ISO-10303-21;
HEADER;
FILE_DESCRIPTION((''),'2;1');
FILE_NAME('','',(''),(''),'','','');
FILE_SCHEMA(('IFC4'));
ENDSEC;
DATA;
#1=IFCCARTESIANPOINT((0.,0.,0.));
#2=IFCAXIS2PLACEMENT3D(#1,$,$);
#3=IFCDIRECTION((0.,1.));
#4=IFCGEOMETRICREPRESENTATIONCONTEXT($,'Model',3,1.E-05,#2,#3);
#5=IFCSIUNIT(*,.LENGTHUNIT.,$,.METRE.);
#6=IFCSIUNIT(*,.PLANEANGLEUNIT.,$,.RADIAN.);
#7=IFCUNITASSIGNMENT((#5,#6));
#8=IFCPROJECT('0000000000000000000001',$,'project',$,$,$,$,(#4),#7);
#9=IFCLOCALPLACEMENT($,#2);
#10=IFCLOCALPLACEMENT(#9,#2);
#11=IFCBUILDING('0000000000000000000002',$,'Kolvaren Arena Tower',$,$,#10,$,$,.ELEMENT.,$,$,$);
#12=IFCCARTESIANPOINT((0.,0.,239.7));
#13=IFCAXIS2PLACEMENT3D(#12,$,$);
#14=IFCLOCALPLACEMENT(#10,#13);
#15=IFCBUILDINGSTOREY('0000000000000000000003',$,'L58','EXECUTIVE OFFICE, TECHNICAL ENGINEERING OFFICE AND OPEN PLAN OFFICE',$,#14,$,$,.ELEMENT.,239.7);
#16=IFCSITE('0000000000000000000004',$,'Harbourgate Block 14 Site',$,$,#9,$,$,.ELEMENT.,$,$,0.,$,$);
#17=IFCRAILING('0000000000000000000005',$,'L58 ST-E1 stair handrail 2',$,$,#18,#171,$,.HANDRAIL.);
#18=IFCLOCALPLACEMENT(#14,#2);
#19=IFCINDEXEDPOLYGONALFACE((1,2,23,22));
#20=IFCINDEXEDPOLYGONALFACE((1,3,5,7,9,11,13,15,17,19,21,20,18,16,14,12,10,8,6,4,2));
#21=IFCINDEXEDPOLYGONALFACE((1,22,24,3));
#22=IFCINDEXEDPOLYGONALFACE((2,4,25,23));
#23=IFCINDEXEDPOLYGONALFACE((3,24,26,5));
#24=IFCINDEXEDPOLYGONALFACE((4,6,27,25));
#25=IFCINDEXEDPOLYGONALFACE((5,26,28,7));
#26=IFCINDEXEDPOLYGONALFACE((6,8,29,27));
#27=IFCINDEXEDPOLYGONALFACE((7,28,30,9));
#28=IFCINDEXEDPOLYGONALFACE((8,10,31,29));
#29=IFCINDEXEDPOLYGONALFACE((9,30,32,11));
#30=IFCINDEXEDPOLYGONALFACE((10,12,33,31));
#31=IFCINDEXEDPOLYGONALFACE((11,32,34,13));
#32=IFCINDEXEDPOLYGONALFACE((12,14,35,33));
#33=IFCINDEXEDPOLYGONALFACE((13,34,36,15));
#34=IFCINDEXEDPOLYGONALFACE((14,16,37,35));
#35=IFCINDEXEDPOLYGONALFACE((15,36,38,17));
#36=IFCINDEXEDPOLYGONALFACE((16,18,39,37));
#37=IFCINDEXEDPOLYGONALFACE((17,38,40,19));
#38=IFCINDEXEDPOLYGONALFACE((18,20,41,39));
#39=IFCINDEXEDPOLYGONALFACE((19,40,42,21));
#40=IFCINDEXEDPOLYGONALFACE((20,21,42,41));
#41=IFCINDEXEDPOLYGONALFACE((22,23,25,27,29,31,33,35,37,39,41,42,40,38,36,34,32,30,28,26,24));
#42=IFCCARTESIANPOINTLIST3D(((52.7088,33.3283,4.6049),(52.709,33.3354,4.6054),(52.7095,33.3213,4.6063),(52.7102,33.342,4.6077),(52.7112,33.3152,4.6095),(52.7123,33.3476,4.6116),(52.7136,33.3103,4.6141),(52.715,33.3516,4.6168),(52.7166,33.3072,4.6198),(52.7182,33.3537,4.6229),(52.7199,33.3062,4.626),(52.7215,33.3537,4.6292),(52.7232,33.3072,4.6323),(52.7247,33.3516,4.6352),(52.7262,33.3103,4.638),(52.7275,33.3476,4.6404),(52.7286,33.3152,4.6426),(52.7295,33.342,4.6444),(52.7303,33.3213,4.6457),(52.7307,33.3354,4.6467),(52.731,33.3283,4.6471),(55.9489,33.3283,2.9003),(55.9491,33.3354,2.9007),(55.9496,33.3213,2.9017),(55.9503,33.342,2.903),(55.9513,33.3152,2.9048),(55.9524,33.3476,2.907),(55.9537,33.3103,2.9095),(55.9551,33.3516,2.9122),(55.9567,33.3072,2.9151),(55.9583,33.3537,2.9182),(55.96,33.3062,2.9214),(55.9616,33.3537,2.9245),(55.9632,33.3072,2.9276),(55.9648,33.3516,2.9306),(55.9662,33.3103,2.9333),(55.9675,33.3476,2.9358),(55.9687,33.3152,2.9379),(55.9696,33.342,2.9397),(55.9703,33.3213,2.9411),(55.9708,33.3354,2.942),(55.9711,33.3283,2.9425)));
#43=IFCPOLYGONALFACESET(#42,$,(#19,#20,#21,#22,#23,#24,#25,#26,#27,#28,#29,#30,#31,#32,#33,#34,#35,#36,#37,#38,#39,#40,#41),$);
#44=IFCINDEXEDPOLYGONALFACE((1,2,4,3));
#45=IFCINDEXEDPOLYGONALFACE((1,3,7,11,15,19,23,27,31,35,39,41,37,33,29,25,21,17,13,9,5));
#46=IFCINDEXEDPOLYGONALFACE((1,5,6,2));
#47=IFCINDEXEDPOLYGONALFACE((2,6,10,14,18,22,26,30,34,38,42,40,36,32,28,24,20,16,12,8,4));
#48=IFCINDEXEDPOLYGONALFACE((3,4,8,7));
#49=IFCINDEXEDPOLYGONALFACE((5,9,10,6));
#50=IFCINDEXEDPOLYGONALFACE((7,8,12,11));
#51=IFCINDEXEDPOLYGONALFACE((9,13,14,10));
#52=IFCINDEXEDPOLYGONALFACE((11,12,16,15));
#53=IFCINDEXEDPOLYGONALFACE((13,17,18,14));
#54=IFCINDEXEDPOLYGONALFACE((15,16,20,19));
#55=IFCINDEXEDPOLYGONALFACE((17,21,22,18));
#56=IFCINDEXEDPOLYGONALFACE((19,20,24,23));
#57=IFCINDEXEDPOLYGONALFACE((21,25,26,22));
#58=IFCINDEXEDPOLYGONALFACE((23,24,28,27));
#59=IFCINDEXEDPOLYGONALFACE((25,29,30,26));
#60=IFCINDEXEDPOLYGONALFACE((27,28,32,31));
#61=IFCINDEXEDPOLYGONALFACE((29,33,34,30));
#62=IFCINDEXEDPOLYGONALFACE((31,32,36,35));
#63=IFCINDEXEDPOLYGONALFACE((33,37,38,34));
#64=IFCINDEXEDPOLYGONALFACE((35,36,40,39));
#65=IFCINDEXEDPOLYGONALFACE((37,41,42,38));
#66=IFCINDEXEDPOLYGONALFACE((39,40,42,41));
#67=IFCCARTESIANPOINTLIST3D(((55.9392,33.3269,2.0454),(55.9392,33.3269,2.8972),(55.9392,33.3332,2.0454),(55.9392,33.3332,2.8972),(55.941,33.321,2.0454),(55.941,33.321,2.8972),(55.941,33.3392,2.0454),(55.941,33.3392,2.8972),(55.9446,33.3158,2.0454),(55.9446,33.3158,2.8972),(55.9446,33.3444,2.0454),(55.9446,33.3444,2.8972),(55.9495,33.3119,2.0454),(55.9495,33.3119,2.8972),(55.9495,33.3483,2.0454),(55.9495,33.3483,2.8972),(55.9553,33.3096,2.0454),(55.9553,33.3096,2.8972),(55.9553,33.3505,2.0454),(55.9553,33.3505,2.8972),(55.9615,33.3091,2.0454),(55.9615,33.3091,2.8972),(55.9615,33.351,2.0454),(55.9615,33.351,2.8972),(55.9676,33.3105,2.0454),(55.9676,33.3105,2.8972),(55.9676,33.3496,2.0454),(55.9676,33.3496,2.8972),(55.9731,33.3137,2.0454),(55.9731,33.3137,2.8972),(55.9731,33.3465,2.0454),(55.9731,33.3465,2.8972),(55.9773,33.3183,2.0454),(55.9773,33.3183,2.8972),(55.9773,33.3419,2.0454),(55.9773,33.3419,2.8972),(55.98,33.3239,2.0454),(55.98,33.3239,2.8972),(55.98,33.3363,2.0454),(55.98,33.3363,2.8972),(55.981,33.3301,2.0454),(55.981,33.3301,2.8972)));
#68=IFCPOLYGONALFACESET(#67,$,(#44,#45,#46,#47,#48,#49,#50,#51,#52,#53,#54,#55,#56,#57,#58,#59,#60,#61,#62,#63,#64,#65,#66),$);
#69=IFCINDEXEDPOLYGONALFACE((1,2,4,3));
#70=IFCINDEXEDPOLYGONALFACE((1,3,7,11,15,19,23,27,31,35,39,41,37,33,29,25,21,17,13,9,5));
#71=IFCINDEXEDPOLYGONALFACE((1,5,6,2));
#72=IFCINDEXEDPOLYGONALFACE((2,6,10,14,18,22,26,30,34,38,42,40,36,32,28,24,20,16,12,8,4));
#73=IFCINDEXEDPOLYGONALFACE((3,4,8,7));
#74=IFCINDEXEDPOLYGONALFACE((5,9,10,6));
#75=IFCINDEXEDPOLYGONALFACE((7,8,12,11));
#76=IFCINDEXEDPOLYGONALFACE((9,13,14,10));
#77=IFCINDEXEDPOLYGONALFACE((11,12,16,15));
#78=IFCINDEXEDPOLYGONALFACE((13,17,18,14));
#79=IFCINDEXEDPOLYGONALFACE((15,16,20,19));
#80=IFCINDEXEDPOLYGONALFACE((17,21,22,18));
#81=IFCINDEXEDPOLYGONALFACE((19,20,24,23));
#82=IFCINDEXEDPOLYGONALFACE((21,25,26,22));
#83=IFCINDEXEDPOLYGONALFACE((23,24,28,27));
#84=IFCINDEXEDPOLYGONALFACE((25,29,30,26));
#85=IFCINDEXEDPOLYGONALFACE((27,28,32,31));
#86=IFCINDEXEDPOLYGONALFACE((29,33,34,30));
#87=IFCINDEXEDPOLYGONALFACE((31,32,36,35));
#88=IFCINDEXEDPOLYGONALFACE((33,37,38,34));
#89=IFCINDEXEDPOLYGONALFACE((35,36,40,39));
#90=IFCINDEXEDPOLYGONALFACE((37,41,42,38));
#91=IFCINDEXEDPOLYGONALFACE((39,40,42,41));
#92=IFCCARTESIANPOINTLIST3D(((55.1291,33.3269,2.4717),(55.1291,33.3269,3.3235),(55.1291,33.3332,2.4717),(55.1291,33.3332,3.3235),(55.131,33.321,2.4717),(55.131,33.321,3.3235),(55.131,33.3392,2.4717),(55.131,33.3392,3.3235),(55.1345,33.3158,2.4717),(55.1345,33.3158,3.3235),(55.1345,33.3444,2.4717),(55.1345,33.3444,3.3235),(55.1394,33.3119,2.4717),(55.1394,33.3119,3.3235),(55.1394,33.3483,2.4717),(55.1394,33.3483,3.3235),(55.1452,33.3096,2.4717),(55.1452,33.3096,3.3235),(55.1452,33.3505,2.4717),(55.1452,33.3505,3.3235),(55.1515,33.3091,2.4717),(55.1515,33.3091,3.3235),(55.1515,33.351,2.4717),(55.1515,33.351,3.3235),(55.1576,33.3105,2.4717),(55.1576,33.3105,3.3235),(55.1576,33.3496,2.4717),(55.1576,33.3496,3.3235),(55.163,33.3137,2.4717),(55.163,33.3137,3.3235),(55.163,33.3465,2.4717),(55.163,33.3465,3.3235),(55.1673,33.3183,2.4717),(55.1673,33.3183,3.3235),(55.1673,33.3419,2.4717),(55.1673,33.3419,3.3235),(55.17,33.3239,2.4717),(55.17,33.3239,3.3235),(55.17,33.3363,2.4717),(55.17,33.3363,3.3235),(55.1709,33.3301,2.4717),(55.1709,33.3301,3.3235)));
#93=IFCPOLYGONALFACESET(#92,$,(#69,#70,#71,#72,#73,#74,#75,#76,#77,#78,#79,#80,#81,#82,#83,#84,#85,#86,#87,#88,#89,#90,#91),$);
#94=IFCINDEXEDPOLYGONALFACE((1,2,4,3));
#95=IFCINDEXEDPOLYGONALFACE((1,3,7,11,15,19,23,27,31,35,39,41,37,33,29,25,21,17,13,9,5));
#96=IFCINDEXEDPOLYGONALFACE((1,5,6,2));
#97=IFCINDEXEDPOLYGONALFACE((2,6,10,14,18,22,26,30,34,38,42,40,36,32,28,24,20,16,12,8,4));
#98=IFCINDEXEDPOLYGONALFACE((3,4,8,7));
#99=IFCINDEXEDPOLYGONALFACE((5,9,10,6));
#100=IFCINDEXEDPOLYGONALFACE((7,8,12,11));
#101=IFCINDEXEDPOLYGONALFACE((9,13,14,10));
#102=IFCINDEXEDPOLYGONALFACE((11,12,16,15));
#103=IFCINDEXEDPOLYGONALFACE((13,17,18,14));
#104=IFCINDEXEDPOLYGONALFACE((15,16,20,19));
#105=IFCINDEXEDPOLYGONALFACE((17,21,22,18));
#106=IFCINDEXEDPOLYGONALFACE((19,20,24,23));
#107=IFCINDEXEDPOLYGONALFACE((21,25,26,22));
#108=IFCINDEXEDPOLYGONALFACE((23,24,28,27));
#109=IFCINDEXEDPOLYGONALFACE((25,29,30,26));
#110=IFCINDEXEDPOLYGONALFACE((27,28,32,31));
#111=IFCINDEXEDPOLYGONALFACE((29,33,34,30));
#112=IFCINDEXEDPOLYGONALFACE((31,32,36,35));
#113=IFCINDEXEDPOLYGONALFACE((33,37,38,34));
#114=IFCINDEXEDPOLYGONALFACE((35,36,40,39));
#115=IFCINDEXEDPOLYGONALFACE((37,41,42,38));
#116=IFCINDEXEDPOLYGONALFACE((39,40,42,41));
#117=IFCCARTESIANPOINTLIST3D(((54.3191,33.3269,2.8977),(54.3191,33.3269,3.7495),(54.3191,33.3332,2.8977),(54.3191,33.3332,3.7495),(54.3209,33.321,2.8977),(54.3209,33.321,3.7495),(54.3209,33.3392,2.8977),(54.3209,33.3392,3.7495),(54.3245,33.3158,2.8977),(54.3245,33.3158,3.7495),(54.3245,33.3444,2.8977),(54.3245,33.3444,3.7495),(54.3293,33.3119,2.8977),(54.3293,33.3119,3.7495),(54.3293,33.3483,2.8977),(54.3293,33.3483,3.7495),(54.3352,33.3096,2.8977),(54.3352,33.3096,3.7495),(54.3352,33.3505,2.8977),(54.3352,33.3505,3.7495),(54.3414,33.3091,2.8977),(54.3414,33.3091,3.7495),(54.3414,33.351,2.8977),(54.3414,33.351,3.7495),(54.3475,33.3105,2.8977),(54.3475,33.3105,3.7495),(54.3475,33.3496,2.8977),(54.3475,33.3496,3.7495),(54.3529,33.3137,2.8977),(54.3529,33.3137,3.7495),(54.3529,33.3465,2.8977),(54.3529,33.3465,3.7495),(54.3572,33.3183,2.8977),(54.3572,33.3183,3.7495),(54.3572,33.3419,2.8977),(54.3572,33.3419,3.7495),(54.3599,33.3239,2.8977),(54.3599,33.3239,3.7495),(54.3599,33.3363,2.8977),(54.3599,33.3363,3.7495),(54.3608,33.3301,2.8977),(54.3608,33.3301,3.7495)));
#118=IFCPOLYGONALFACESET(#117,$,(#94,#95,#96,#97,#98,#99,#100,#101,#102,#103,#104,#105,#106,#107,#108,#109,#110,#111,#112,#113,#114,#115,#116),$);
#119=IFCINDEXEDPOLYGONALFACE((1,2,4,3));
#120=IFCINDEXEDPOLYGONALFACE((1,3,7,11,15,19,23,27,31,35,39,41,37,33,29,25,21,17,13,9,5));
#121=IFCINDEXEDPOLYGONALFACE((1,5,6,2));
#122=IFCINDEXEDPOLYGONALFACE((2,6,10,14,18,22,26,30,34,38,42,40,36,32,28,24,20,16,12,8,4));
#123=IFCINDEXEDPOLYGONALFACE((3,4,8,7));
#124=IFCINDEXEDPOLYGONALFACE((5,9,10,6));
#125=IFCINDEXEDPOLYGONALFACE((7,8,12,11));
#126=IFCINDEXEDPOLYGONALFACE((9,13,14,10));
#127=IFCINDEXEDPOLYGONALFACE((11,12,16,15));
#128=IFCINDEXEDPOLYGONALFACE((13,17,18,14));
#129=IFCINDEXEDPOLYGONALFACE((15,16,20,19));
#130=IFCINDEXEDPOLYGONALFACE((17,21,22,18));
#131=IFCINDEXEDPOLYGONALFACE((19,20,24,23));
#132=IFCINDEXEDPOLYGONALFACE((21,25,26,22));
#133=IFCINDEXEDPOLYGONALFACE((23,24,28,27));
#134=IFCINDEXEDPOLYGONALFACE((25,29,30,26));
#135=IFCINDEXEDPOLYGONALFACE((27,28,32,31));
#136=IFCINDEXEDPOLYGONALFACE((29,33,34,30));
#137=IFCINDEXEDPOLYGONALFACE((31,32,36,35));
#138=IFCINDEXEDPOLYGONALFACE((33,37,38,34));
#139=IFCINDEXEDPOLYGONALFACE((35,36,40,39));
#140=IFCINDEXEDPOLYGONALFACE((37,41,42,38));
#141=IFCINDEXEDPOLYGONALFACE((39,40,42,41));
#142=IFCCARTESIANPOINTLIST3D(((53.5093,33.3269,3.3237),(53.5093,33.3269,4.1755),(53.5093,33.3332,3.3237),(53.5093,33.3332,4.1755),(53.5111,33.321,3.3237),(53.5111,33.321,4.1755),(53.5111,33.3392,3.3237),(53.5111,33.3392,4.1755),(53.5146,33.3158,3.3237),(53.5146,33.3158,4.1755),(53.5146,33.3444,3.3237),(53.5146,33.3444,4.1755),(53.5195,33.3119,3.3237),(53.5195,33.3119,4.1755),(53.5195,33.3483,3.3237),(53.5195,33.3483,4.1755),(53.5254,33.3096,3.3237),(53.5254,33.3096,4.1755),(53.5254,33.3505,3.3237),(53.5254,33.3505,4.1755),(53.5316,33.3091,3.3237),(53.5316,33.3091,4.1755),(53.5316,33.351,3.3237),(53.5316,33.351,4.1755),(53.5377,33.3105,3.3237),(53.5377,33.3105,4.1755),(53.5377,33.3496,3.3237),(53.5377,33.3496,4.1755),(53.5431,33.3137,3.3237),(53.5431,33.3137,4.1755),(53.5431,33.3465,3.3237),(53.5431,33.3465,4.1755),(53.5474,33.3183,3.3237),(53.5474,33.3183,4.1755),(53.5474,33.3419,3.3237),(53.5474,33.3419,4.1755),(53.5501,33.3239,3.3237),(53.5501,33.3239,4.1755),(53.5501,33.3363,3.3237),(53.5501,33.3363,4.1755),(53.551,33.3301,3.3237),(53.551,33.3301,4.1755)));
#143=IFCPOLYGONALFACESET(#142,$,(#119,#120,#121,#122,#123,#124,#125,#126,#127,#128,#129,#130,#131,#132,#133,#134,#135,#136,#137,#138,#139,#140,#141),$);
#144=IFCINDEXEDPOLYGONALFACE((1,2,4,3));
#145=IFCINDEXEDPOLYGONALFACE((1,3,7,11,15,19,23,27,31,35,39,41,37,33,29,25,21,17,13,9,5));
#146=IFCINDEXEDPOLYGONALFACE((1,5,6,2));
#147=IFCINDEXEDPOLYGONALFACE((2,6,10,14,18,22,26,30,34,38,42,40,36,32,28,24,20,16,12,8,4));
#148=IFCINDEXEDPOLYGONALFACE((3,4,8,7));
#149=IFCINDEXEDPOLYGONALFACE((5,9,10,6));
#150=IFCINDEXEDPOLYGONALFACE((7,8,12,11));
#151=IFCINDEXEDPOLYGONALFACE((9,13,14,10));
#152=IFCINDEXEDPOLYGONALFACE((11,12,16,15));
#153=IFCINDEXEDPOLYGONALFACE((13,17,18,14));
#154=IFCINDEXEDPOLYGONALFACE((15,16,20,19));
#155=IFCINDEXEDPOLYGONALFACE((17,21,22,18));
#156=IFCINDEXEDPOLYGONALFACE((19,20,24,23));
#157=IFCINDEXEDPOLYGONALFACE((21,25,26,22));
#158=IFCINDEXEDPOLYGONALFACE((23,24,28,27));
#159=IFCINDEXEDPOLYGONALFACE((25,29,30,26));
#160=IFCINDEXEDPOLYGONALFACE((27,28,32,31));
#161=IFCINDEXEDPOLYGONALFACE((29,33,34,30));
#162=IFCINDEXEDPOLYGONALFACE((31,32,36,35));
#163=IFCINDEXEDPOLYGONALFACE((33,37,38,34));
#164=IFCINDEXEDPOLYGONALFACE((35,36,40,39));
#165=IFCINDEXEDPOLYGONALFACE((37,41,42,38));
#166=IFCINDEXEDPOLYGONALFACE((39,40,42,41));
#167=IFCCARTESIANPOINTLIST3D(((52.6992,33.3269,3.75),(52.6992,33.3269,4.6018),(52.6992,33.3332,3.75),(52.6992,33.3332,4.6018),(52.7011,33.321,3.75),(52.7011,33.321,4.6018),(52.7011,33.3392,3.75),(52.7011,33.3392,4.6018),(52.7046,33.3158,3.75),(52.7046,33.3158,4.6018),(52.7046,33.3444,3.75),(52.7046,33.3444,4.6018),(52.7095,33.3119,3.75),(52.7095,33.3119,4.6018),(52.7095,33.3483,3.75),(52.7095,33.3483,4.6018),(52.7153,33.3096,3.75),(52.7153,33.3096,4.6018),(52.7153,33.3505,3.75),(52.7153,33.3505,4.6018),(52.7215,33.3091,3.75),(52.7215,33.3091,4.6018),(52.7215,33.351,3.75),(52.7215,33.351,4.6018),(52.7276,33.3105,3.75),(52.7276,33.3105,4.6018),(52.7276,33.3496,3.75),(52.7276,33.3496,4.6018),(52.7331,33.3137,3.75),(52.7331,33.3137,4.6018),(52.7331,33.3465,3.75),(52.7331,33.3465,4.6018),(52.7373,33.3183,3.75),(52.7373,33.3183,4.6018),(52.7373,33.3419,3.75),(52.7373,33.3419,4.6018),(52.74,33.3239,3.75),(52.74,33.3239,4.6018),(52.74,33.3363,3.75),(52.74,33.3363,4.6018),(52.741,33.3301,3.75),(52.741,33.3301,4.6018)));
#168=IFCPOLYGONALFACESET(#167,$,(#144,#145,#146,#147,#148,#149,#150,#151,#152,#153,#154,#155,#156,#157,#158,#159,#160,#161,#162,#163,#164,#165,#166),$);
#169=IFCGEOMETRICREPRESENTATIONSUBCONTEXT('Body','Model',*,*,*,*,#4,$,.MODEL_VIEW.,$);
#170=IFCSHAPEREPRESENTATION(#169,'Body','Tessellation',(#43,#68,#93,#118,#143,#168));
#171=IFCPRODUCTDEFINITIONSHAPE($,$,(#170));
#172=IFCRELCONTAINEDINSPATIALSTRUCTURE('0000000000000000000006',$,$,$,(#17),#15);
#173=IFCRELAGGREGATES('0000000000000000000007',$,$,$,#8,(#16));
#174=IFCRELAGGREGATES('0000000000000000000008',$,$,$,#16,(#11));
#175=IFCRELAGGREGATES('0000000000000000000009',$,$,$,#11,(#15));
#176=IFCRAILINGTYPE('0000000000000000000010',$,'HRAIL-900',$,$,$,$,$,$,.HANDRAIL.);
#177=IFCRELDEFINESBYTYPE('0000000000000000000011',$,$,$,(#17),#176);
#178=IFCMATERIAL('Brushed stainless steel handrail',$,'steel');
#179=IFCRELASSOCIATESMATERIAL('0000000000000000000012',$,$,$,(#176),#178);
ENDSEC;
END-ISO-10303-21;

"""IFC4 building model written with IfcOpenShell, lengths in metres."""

from ifc_helpers import new_model, si_unit, direction, frame, origin, origin_2d, place, context, subcontext, project, spatial, circle, extrude, material, type_object, element, save


model = new_model("IFC4")

# Units and contexts
model_context = context("Model", 3, precision=1e-05, world=origin(), true_north=direction((0.0, 1.0)))
body_context = subcontext(model_context, "Body", "Model", "MODEL_VIEW")
ifc_project = project(units=[si_unit("LENGTHUNIT", "METRE"), si_unit("PLANEANGLEUNIT", "RADIAN")], contexts=[model_context])

# Site, building, storey
site_placement = place(None, origin())
site = spatial("IfcSite", under=ifc_project, at=site_placement, Name="Harbourgate Block 14 Site", CompositionType="ELEMENT", RefElevation=0.0)
building_placement = place(site_placement, origin())
building = spatial("IfcBuilding", under=site, at=building_placement, Name="Kolvaren Arena Tower", CompositionType="ELEMENT")
storey_placement = place(building_placement, frame((0.0, 0.0, 239.7)))
storey = spatial("IfcBuildingStorey", under=building, at=storey_placement, Name="L58", Description="EXECUTIVE OFFICE, TECHNICAL ENGINEERING OFFICE AND OPEN PLAN OFFICE", CompositionType="ELEMENT", Elevation=239.7)

# Railing
ifc_material_1 = material(Name="Brushed stainless steel handrail", Category="steel")
railing_type_1 = type_object("IfcRailingType", Name="HRAIL-900", PredefinedType="HANDRAIL", material=ifc_material_1)
for number, where, name in (
    (1, (55.96, 33.3301, 2.0454), "L58 ST-E1 stair handrail 2"),
):
    element("IfcRailing", number, at=place(storey_placement, frame(where)), inside=storey, type_object=railing_type_1, Name=name, PredefinedType="HANDRAIL", context=body_context, shape_type="SweptSolid", body=[
        extrude(circle(Radius=0.0239, at=origin_2d()), frame((0.0, 0.0, 0.876), z_axis=(-0.884993, 0.0, 0.465604), x_axis=(0.0, -1.0, 0.0)), (0.0, 0.0, 1.0), 3.6611),
        extrude(circle(Radius=0.021, at=origin_2d()), origin(), (0.0, 0.0, 1.0), 0.8518),
        extrude(circle(Radius=0.021, at=origin_2d()), frame((-0.8101, 0.0, 0.4263)), (0.0, 0.0, 1.0), 0.8518),
        extrude(circle(Radius=0.021, at=origin_2d()), frame((-1.6201, 0.0, 0.8523)), (0.0, 0.0, 1.0), 0.8518),
        extrude(circle(Radius=0.021, at=origin_2d()), frame((-2.4299, 0.0, 1.2783)), (0.0, 0.0, 1.0), 0.8518),
        extrude(circle(Radius=0.021, at=origin_2d()), frame((-3.24, 0.0, 1.7046)), (0.0, 0.0, 1.0), 0.8518),
    ])

save(model, "model.ifc")
